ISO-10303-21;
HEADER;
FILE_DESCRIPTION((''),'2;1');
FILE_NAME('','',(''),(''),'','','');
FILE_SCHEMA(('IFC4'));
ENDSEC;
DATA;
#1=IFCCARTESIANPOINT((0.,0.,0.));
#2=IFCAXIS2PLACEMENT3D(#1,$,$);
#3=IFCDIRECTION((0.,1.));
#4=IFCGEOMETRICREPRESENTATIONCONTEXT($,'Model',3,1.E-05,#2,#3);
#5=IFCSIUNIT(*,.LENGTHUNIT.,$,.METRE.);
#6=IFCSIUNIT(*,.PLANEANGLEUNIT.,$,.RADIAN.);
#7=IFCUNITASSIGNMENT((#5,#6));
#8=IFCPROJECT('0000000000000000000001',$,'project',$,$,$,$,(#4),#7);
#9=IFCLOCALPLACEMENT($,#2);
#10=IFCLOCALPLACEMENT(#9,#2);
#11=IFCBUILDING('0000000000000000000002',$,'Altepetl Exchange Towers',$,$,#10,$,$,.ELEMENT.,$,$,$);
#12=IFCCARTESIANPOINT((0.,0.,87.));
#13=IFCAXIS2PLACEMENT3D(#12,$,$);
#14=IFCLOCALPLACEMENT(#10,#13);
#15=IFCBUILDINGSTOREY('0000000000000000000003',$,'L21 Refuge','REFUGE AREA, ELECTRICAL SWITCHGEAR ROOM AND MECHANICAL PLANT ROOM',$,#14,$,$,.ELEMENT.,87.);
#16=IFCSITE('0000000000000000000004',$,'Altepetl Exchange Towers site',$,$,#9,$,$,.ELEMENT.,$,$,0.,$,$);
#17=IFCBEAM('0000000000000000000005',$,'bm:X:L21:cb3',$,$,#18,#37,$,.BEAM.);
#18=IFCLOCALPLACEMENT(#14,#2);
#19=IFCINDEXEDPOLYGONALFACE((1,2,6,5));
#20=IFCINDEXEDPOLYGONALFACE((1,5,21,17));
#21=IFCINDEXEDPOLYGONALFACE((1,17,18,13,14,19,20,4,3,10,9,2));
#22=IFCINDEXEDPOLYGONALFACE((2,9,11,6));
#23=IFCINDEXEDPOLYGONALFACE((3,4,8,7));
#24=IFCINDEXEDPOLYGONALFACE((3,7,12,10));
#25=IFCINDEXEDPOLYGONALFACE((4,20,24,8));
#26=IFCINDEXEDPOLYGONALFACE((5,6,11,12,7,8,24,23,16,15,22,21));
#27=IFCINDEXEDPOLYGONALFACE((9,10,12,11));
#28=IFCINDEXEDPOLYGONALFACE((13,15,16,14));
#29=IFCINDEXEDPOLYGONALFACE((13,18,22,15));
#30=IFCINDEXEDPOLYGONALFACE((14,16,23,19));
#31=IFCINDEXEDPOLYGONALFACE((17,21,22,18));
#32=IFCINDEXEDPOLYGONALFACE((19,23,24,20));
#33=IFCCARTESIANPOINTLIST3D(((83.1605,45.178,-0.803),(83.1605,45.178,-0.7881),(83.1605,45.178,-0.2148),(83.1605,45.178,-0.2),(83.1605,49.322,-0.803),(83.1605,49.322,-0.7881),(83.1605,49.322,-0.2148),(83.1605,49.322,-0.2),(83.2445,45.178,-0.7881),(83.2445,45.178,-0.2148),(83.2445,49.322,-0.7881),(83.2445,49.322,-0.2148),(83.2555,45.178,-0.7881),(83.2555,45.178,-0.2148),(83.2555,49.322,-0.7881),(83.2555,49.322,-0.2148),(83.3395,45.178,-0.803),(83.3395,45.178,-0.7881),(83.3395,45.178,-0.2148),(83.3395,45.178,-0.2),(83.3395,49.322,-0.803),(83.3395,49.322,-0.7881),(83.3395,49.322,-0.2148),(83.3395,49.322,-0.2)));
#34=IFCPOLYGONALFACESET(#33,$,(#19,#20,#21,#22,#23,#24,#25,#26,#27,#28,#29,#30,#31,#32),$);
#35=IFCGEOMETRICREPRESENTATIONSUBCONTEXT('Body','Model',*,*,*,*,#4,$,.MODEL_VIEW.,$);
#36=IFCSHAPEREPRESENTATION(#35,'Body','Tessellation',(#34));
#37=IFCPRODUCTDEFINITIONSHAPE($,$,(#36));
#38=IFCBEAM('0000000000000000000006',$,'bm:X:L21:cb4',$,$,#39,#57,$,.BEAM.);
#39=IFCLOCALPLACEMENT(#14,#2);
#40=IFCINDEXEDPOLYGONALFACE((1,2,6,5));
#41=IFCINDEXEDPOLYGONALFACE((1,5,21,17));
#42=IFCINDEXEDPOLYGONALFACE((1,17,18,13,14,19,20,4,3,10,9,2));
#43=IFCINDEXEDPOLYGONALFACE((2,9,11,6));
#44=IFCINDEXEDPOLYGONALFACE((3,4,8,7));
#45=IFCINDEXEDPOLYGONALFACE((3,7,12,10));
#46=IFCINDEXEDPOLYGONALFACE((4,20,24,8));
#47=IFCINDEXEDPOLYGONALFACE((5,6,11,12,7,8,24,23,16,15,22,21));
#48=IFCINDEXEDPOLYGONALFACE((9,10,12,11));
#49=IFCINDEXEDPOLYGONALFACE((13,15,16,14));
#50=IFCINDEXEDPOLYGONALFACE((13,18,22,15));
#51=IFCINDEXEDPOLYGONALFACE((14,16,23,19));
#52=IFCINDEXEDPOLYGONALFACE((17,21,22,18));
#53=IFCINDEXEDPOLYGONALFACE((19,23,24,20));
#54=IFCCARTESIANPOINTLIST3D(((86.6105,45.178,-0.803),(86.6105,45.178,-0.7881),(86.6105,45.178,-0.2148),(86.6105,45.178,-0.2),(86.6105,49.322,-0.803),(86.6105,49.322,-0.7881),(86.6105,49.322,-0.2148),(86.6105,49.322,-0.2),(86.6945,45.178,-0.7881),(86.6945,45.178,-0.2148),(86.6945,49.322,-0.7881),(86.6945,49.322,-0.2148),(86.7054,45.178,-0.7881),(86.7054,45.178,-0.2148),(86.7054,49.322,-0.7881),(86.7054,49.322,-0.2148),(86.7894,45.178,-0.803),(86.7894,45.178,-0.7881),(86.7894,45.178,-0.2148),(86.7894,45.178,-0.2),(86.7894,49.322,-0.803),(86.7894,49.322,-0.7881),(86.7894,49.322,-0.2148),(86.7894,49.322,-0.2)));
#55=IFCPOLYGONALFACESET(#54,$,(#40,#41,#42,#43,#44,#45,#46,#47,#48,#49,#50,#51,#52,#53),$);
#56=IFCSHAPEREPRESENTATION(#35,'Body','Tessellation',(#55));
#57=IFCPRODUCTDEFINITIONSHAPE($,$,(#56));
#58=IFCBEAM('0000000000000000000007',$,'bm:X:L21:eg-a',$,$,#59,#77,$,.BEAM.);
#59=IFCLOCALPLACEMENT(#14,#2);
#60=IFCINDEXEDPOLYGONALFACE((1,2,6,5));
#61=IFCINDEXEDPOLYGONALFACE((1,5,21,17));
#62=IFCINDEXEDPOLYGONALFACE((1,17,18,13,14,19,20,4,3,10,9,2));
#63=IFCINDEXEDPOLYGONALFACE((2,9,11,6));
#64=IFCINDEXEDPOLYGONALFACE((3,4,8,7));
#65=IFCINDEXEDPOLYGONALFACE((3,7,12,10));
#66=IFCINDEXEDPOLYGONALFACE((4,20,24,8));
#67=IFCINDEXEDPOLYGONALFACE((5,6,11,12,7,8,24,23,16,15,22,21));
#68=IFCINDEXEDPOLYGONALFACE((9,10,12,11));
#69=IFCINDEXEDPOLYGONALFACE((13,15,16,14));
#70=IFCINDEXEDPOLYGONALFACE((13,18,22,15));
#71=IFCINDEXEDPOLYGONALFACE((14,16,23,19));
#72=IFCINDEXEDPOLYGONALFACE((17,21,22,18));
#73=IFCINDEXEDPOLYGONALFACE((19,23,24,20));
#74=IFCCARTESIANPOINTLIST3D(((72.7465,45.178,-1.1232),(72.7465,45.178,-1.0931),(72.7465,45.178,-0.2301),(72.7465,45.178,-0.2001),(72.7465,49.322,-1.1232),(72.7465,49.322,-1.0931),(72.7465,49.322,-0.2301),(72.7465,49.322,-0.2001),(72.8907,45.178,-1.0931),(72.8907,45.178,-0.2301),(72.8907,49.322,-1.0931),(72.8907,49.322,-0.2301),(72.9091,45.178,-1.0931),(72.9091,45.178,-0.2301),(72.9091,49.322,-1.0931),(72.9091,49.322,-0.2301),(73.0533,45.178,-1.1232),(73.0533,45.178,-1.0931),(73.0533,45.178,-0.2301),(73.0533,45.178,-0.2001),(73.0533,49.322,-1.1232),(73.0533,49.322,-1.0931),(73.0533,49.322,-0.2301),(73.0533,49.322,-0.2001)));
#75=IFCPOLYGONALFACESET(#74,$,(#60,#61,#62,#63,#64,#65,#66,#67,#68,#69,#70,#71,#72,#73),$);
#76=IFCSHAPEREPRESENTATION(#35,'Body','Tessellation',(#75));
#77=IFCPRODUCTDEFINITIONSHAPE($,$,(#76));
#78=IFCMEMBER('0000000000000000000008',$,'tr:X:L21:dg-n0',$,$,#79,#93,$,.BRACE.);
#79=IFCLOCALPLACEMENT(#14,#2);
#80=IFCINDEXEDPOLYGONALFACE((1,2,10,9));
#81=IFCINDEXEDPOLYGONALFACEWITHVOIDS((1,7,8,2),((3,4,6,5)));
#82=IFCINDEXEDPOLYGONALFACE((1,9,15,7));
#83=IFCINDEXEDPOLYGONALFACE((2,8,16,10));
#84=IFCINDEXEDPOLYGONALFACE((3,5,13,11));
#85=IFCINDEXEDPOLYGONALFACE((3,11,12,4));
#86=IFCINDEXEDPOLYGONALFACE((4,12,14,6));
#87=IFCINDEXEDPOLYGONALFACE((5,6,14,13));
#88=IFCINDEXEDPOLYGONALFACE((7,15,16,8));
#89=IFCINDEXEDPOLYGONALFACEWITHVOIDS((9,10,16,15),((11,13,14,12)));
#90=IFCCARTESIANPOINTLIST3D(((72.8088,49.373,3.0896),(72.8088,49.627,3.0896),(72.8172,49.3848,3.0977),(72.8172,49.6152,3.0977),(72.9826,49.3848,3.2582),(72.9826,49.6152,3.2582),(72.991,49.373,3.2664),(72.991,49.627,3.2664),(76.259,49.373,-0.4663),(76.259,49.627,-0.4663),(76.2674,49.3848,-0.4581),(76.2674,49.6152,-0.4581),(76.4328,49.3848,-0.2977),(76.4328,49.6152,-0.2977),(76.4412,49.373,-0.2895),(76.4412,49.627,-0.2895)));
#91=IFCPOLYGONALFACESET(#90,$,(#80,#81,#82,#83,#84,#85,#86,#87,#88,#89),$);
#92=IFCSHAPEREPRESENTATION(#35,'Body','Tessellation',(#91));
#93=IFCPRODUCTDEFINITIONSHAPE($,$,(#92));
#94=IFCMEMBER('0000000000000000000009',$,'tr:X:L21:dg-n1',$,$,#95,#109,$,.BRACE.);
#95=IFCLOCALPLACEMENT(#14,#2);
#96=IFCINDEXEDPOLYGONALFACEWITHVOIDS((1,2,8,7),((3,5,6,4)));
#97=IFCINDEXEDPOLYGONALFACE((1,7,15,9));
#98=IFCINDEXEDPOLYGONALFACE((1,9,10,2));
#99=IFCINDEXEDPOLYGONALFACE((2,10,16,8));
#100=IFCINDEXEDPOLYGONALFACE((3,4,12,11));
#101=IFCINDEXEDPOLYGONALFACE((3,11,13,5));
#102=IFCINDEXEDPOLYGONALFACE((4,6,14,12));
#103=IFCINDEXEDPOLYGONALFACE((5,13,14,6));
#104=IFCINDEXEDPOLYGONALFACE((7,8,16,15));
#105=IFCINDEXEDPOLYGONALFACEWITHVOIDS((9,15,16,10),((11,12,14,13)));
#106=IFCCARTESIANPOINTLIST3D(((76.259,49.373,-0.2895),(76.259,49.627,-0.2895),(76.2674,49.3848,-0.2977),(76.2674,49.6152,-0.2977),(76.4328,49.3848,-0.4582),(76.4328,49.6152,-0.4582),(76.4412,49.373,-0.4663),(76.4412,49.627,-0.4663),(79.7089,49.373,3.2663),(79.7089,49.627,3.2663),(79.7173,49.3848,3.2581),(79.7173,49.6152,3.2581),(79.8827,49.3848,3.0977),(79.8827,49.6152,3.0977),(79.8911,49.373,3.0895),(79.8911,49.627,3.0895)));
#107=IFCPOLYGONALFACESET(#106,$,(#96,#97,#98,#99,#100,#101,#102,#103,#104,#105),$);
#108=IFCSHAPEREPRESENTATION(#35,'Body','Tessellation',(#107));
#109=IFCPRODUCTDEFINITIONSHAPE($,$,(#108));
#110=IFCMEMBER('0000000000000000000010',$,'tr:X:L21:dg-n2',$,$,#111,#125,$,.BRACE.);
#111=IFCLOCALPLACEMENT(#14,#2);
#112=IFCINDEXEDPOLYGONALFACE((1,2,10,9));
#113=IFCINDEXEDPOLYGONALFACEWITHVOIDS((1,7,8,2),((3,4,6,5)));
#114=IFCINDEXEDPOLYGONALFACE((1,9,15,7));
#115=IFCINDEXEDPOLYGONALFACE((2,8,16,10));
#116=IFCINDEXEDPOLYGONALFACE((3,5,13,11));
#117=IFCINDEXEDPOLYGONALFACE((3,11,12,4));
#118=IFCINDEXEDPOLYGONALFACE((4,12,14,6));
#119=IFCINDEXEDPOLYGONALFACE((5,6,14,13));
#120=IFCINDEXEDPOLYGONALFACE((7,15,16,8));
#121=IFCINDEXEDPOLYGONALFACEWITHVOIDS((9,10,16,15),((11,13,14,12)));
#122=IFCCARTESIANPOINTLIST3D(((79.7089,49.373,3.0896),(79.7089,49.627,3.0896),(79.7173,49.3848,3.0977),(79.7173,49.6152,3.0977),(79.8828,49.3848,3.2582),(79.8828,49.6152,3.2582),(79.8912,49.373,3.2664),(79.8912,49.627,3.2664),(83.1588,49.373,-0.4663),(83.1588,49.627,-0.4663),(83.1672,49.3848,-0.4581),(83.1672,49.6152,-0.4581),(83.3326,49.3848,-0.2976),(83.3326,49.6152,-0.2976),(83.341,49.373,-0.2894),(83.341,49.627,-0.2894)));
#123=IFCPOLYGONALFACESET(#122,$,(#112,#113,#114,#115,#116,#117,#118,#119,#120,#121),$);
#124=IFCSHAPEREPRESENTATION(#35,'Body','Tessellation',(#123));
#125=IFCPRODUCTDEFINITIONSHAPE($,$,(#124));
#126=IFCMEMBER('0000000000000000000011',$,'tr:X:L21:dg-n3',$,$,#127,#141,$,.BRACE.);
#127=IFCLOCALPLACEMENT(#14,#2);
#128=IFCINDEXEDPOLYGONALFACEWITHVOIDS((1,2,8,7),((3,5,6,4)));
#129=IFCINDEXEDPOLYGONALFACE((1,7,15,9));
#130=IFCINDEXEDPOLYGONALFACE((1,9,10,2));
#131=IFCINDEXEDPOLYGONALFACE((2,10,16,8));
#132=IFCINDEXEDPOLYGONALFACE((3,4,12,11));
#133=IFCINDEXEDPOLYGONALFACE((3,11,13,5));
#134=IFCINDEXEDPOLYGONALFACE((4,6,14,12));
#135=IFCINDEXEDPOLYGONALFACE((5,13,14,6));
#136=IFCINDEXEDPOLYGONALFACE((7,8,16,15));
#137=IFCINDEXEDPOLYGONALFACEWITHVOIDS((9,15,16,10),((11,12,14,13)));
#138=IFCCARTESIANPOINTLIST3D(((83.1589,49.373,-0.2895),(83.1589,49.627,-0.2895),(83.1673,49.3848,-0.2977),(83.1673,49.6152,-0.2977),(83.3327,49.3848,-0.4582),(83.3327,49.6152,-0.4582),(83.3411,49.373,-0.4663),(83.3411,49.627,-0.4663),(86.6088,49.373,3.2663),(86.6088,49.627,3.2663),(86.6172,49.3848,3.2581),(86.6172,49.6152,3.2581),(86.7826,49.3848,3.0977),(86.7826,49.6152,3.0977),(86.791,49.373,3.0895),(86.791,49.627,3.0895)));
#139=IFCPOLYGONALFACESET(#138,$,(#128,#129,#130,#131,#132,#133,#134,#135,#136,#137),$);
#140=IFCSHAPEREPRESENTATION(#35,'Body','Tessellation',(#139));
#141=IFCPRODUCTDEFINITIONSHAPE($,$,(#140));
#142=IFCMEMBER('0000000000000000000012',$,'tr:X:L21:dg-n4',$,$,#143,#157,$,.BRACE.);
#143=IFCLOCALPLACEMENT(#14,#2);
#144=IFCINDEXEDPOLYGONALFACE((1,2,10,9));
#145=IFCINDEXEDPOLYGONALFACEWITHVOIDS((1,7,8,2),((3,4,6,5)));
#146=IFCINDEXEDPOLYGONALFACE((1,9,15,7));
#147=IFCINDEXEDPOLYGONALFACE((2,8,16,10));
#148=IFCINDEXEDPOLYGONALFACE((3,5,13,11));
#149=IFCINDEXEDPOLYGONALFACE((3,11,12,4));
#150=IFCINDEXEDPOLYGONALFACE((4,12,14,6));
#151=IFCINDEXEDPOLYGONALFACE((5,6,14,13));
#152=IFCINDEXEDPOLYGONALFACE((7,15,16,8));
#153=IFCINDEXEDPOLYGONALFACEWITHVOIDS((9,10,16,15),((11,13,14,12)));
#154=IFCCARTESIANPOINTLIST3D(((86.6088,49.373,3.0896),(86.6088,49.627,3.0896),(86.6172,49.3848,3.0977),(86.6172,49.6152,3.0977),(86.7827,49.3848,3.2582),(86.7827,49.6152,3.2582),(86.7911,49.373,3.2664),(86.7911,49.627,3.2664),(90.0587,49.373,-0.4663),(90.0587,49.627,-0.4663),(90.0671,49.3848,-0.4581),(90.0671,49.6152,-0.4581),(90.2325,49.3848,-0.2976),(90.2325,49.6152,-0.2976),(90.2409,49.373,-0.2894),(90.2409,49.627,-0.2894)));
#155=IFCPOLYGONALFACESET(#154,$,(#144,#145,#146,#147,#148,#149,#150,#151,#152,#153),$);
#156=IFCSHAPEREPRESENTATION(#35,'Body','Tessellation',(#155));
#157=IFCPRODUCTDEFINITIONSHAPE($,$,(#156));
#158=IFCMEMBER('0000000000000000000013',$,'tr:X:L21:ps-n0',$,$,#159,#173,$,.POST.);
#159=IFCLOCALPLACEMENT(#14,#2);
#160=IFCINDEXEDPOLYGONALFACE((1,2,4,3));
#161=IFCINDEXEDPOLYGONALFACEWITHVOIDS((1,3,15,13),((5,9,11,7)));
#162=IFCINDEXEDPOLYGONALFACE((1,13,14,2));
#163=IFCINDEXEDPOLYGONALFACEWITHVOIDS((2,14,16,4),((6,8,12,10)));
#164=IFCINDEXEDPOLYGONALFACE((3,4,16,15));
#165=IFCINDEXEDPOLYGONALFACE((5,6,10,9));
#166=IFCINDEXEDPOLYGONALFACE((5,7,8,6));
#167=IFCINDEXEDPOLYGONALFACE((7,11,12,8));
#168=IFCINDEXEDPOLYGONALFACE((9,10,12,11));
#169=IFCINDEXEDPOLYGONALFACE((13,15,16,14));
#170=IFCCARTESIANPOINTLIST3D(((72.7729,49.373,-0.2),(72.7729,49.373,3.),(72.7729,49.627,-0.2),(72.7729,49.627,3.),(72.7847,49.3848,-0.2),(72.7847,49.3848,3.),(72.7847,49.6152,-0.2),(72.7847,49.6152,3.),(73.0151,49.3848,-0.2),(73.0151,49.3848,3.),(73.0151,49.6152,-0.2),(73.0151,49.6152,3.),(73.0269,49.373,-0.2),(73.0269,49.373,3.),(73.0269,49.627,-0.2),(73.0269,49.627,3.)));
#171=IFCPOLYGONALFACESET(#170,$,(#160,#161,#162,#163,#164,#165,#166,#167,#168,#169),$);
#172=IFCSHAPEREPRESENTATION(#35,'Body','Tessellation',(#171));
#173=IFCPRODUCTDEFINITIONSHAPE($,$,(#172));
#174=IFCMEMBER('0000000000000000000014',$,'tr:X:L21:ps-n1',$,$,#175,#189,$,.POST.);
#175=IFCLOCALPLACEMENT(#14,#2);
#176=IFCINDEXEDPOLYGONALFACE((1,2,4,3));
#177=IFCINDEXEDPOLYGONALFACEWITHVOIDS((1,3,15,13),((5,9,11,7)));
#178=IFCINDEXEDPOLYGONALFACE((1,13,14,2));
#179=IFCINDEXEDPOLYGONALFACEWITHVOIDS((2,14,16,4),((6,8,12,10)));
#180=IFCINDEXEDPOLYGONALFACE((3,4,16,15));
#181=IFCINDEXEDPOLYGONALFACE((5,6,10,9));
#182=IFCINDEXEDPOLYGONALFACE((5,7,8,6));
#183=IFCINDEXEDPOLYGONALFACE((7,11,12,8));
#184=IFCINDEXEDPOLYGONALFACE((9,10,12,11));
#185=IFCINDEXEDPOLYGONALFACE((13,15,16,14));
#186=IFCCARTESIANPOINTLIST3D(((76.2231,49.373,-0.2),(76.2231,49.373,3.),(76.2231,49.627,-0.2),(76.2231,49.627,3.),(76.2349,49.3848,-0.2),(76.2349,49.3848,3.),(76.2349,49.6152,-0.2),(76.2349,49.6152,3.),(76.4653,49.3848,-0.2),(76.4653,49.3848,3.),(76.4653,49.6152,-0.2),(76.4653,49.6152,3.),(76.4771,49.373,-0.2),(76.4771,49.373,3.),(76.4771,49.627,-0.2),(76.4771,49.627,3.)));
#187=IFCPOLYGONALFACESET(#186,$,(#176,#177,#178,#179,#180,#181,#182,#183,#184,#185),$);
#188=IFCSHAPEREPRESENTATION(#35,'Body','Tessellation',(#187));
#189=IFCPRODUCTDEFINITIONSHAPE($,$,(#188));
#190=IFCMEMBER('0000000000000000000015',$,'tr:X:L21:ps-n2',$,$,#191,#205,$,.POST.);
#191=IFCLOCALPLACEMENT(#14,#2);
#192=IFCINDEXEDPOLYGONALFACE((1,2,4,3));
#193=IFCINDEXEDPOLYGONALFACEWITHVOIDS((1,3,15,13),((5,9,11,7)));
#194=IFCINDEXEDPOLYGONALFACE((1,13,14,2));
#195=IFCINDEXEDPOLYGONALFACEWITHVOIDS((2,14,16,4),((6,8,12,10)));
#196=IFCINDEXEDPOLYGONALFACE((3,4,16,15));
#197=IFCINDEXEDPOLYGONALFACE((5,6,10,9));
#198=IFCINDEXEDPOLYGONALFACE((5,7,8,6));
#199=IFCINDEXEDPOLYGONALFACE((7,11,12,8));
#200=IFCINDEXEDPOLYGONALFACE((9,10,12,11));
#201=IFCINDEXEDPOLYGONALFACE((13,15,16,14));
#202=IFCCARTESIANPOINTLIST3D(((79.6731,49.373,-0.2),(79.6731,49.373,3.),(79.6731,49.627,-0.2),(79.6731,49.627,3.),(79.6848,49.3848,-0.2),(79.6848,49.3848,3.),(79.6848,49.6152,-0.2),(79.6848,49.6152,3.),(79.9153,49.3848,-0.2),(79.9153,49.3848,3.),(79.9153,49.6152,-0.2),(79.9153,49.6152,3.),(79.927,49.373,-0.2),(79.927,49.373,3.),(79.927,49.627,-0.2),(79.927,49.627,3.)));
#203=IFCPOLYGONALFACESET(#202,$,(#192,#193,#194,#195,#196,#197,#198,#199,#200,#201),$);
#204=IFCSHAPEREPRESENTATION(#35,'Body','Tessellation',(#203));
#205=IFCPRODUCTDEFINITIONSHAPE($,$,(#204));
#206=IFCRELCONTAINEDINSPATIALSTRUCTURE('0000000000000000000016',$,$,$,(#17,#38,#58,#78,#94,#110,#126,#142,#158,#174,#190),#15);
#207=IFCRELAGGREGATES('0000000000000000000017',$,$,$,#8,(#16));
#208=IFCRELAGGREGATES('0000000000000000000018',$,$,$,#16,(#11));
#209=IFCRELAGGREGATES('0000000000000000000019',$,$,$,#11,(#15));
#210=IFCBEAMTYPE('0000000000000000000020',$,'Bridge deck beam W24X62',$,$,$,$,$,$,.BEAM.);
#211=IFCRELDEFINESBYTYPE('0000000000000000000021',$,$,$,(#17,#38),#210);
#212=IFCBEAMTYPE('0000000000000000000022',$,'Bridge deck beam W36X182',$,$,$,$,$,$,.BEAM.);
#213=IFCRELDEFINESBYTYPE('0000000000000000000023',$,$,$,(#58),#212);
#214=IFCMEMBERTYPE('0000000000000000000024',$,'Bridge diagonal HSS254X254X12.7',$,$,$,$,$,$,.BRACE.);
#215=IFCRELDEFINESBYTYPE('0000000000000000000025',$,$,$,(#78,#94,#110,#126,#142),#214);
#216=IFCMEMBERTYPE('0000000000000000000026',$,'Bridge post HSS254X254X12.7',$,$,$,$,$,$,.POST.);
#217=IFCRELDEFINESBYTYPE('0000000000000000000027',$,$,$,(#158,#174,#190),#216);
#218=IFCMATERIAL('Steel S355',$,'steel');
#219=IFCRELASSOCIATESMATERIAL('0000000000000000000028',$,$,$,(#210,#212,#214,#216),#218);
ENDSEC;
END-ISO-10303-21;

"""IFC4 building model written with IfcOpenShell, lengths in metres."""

from ifc_helpers import new_model, si_unit, direction, frame, origin, origin_2d, place, context, subcontext, project, spatial, hollow_rectangle, i_section, extrude, material, material_profile, profile_set, type_object, element, save


model = new_model("IFC4")

# Units and contexts
model_context = context("Model", 3, precision=1e-05, world=origin(), true_north=direction((0.0, 1.0)))
body_context = subcontext(model_context, "Body", "Model", "MODEL_VIEW")
ifc_project = project(units=[si_unit("LENGTHUNIT", "METRE"), si_unit("PLANEANGLEUNIT", "RADIAN")], contexts=[model_context])

# Site, building, storey
site_placement = place(None, origin())
site = spatial("IfcSite", under=ifc_project, at=site_placement, Name="Altepetl Exchange Towers site", CompositionType="ELEMENT", RefElevation=0.0)
building_placement = place(site_placement, origin())
building = spatial("IfcBuilding", under=site, at=building_placement, Name="Altepetl Exchange Towers", CompositionType="ELEMENT")
storey_placement = place(building_placement, frame((0.0, 0.0, 87.0)))
storey = spatial("IfcBuildingStorey", under=building, at=storey_placement, Name="L21 Refuge", Description="REFUGE AREA, ELECTRICAL SWITCHGEAR ROOM AND MECHANICAL PLANT ROOM", CompositionType="ELEMENT", Elevation=87.0)

# Shared definitions
ifc_material = material(Name="Steel S355", Category="steel")

# Beams
ifc_material_profile_1 = material_profile(ifc_material, i_section(OverallWidth=0.179, OverallDepth=0.603, WebThickness=0.011, FlangeThickness=0.0149, at=origin_2d()), Name="W24X62")
ifc_profile_set_1 = profile_set([ifc_material_profile_1], Name="Steel S355")
beam_type_1 = type_object("IfcBeamType", Name="Bridge deck beam W24X62", PredefinedType="BEAM", material=ifc_profile_set_1)
for number, where, z_axis, x_axis, name in (
    (1, (83.25, 45.178, -0.5015), (0.0, 1.0, 0.0), (-1.0, 0.0, 0.0), "bm:X:L21:cb3"),
    (2, (86.7, 45.178, -0.5015), (0.0, 1.0, 0.0), (-1.0, 0.0, 0.0), "bm:X:L21:cb4"),
):
    element("IfcBeam", number, at=place(storey_placement, frame(where, z_axis=z_axis, x_axis=x_axis)), inside=storey, type_object=beam_type_1, Name=name, PredefinedType="BEAM", context=body_context, shape_type="SweptSolid", body=[
        extrude(i_section(OverallWidth=0.179, OverallDepth=0.603, WebThickness=0.011, FlangeThickness=0.0149, at=origin_2d()), origin(), (0.0, 0.0, 1.0), 4.144),
    ])
ifc_material_profile_2 = material_profile(ifc_material, i_section(OverallWidth=0.3069, OverallDepth=0.9231, WebThickness=0.0183, FlangeThickness=0.03, at=origin_2d()), Name="W36X182")
ifc_profile_set_2 = profile_set([ifc_material_profile_2], Name="Steel S355")
beam_type_2 = type_object("IfcBeamType", Name="Bridge deck beam W36X182", PredefinedType="BEAM", material=ifc_profile_set_2)
beam_placement = place(storey_placement, frame((72.8999, 45.178, -0.6616), z_axis=(0.0, 1.0, 0.0), x_axis=(-1.0, 0.0, 0.0)))
element("IfcBeam", 3, at=beam_placement, inside=storey, type_object=beam_type_2, Name="bm:X:L21:eg-a", PredefinedType="BEAM", context=body_context, shape_type="SweptSolid", body=[
    extrude(i_section(OverallWidth=0.3069, OverallDepth=0.9231, WebThickness=0.0183, FlangeThickness=0.03, at=origin_2d()), origin(), (0.0, 0.0, 1.0), 4.144),
])

# Members
ifc_material_profile_3 = material_profile(ifc_material, hollow_rectangle(XDim=0.2539, YDim=0.2539, WallThickness=0.0117, at=origin_2d()), Name="HSS254X254X12.7")
ifc_profile_set_3 = profile_set([ifc_material_profile_3], Name="Steel S355")
member_type_1 = type_object("IfcMemberType", Name="Bridge diagonal HSS254X254X12.7", PredefinedType="BRACE", material=ifc_profile_set_3)
member_placement = place(storey_placement, frame((72.8999, 49.5, 3.178), z_axis=(0.696358, 0.0, -0.717694), x_axis=(0.0, 1.0, 0.0)))
element("IfcMember", 4, at=member_placement, inside=storey, type_object=member_type_1, Name="tr:X:L21:dg-n0", PredefinedType="BRACE", context=body_context, shape_type="SweptSolid", body=[
    extrude(hollow_rectangle(XDim=0.2539, YDim=0.2539, WallThickness=0.0117, at=origin_2d()), origin(), (0.0, 0.0, 1.0), 4.9546),
])
for number, where, z_axis, x_axis, name in (
    (5, (76.3501, 49.5, -0.3779), (0.696333, 0.0, 0.717719), (0.0, 1.0, 0.0), "tr:X:L21:dg-n1"),
    (6, (79.8, 49.5, 3.178), (0.696333, 0.0, -0.717719), (0.0, 1.0, 0.0), "tr:X:L21:dg-n2"),
    (7, (83.25, 49.5, -0.3779), (0.696333, 0.0, 0.717719), (0.0, 1.0, 0.0), "tr:X:L21:dg-n3"),
    (8, (86.7, 49.5, 3.178), (0.696333, 0.0, -0.717719), (0.0, 1.0, 0.0), "tr:X:L21:dg-n4"),
):
    element("IfcMember", number, at=place(storey_placement, frame(where, z_axis=z_axis, x_axis=x_axis)), inside=storey, type_object=member_type_1, Name=name, PredefinedType="BRACE", context=body_context, shape_type="SweptSolid", body=[
        extrude(hollow_rectangle(XDim=0.2539, YDim=0.2539, WallThickness=0.0117, at=origin_2d()), origin(), (0.0, 0.0, 1.0), 4.9543),
    ])
ifc_material_profile_4 = material_profile(ifc_material, hollow_rectangle(XDim=0.2539, YDim=0.2539, WallThickness=0.0117, at=origin_2d()), Name="HSS254X254X12.7")
ifc_profile_set_4 = profile_set([ifc_material_profile_4], Name="Steel S355")
member_type_2 = type_object("IfcMemberType", Name="Bridge post HSS254X254X12.7", PredefinedType="POST", material=ifc_profile_set_4)
for number, where, name in (
    (9, (72.8999, 49.5, -0.2), "tr:X:L21:ps-n0"),
    (10, (76.3501, 49.5, -0.2), "tr:X:L21:ps-n1"),
    (11, (79.8, 49.5, -0.2), "tr:X:L21:ps-n2"),
):
    element("IfcMember", number, at=place(storey_placement, frame(where)), inside=storey, type_object=member_type_2, Name=name, PredefinedType="POST", context=body_context, shape_type="SweptSolid", body=[
        extrude(hollow_rectangle(XDim=0.2539, YDim=0.2539, WallThickness=0.0117, at=origin_2d()), origin(), (0.0, 0.0, 1.0), 3.2),
    ])

save(model, "model.ifc")
